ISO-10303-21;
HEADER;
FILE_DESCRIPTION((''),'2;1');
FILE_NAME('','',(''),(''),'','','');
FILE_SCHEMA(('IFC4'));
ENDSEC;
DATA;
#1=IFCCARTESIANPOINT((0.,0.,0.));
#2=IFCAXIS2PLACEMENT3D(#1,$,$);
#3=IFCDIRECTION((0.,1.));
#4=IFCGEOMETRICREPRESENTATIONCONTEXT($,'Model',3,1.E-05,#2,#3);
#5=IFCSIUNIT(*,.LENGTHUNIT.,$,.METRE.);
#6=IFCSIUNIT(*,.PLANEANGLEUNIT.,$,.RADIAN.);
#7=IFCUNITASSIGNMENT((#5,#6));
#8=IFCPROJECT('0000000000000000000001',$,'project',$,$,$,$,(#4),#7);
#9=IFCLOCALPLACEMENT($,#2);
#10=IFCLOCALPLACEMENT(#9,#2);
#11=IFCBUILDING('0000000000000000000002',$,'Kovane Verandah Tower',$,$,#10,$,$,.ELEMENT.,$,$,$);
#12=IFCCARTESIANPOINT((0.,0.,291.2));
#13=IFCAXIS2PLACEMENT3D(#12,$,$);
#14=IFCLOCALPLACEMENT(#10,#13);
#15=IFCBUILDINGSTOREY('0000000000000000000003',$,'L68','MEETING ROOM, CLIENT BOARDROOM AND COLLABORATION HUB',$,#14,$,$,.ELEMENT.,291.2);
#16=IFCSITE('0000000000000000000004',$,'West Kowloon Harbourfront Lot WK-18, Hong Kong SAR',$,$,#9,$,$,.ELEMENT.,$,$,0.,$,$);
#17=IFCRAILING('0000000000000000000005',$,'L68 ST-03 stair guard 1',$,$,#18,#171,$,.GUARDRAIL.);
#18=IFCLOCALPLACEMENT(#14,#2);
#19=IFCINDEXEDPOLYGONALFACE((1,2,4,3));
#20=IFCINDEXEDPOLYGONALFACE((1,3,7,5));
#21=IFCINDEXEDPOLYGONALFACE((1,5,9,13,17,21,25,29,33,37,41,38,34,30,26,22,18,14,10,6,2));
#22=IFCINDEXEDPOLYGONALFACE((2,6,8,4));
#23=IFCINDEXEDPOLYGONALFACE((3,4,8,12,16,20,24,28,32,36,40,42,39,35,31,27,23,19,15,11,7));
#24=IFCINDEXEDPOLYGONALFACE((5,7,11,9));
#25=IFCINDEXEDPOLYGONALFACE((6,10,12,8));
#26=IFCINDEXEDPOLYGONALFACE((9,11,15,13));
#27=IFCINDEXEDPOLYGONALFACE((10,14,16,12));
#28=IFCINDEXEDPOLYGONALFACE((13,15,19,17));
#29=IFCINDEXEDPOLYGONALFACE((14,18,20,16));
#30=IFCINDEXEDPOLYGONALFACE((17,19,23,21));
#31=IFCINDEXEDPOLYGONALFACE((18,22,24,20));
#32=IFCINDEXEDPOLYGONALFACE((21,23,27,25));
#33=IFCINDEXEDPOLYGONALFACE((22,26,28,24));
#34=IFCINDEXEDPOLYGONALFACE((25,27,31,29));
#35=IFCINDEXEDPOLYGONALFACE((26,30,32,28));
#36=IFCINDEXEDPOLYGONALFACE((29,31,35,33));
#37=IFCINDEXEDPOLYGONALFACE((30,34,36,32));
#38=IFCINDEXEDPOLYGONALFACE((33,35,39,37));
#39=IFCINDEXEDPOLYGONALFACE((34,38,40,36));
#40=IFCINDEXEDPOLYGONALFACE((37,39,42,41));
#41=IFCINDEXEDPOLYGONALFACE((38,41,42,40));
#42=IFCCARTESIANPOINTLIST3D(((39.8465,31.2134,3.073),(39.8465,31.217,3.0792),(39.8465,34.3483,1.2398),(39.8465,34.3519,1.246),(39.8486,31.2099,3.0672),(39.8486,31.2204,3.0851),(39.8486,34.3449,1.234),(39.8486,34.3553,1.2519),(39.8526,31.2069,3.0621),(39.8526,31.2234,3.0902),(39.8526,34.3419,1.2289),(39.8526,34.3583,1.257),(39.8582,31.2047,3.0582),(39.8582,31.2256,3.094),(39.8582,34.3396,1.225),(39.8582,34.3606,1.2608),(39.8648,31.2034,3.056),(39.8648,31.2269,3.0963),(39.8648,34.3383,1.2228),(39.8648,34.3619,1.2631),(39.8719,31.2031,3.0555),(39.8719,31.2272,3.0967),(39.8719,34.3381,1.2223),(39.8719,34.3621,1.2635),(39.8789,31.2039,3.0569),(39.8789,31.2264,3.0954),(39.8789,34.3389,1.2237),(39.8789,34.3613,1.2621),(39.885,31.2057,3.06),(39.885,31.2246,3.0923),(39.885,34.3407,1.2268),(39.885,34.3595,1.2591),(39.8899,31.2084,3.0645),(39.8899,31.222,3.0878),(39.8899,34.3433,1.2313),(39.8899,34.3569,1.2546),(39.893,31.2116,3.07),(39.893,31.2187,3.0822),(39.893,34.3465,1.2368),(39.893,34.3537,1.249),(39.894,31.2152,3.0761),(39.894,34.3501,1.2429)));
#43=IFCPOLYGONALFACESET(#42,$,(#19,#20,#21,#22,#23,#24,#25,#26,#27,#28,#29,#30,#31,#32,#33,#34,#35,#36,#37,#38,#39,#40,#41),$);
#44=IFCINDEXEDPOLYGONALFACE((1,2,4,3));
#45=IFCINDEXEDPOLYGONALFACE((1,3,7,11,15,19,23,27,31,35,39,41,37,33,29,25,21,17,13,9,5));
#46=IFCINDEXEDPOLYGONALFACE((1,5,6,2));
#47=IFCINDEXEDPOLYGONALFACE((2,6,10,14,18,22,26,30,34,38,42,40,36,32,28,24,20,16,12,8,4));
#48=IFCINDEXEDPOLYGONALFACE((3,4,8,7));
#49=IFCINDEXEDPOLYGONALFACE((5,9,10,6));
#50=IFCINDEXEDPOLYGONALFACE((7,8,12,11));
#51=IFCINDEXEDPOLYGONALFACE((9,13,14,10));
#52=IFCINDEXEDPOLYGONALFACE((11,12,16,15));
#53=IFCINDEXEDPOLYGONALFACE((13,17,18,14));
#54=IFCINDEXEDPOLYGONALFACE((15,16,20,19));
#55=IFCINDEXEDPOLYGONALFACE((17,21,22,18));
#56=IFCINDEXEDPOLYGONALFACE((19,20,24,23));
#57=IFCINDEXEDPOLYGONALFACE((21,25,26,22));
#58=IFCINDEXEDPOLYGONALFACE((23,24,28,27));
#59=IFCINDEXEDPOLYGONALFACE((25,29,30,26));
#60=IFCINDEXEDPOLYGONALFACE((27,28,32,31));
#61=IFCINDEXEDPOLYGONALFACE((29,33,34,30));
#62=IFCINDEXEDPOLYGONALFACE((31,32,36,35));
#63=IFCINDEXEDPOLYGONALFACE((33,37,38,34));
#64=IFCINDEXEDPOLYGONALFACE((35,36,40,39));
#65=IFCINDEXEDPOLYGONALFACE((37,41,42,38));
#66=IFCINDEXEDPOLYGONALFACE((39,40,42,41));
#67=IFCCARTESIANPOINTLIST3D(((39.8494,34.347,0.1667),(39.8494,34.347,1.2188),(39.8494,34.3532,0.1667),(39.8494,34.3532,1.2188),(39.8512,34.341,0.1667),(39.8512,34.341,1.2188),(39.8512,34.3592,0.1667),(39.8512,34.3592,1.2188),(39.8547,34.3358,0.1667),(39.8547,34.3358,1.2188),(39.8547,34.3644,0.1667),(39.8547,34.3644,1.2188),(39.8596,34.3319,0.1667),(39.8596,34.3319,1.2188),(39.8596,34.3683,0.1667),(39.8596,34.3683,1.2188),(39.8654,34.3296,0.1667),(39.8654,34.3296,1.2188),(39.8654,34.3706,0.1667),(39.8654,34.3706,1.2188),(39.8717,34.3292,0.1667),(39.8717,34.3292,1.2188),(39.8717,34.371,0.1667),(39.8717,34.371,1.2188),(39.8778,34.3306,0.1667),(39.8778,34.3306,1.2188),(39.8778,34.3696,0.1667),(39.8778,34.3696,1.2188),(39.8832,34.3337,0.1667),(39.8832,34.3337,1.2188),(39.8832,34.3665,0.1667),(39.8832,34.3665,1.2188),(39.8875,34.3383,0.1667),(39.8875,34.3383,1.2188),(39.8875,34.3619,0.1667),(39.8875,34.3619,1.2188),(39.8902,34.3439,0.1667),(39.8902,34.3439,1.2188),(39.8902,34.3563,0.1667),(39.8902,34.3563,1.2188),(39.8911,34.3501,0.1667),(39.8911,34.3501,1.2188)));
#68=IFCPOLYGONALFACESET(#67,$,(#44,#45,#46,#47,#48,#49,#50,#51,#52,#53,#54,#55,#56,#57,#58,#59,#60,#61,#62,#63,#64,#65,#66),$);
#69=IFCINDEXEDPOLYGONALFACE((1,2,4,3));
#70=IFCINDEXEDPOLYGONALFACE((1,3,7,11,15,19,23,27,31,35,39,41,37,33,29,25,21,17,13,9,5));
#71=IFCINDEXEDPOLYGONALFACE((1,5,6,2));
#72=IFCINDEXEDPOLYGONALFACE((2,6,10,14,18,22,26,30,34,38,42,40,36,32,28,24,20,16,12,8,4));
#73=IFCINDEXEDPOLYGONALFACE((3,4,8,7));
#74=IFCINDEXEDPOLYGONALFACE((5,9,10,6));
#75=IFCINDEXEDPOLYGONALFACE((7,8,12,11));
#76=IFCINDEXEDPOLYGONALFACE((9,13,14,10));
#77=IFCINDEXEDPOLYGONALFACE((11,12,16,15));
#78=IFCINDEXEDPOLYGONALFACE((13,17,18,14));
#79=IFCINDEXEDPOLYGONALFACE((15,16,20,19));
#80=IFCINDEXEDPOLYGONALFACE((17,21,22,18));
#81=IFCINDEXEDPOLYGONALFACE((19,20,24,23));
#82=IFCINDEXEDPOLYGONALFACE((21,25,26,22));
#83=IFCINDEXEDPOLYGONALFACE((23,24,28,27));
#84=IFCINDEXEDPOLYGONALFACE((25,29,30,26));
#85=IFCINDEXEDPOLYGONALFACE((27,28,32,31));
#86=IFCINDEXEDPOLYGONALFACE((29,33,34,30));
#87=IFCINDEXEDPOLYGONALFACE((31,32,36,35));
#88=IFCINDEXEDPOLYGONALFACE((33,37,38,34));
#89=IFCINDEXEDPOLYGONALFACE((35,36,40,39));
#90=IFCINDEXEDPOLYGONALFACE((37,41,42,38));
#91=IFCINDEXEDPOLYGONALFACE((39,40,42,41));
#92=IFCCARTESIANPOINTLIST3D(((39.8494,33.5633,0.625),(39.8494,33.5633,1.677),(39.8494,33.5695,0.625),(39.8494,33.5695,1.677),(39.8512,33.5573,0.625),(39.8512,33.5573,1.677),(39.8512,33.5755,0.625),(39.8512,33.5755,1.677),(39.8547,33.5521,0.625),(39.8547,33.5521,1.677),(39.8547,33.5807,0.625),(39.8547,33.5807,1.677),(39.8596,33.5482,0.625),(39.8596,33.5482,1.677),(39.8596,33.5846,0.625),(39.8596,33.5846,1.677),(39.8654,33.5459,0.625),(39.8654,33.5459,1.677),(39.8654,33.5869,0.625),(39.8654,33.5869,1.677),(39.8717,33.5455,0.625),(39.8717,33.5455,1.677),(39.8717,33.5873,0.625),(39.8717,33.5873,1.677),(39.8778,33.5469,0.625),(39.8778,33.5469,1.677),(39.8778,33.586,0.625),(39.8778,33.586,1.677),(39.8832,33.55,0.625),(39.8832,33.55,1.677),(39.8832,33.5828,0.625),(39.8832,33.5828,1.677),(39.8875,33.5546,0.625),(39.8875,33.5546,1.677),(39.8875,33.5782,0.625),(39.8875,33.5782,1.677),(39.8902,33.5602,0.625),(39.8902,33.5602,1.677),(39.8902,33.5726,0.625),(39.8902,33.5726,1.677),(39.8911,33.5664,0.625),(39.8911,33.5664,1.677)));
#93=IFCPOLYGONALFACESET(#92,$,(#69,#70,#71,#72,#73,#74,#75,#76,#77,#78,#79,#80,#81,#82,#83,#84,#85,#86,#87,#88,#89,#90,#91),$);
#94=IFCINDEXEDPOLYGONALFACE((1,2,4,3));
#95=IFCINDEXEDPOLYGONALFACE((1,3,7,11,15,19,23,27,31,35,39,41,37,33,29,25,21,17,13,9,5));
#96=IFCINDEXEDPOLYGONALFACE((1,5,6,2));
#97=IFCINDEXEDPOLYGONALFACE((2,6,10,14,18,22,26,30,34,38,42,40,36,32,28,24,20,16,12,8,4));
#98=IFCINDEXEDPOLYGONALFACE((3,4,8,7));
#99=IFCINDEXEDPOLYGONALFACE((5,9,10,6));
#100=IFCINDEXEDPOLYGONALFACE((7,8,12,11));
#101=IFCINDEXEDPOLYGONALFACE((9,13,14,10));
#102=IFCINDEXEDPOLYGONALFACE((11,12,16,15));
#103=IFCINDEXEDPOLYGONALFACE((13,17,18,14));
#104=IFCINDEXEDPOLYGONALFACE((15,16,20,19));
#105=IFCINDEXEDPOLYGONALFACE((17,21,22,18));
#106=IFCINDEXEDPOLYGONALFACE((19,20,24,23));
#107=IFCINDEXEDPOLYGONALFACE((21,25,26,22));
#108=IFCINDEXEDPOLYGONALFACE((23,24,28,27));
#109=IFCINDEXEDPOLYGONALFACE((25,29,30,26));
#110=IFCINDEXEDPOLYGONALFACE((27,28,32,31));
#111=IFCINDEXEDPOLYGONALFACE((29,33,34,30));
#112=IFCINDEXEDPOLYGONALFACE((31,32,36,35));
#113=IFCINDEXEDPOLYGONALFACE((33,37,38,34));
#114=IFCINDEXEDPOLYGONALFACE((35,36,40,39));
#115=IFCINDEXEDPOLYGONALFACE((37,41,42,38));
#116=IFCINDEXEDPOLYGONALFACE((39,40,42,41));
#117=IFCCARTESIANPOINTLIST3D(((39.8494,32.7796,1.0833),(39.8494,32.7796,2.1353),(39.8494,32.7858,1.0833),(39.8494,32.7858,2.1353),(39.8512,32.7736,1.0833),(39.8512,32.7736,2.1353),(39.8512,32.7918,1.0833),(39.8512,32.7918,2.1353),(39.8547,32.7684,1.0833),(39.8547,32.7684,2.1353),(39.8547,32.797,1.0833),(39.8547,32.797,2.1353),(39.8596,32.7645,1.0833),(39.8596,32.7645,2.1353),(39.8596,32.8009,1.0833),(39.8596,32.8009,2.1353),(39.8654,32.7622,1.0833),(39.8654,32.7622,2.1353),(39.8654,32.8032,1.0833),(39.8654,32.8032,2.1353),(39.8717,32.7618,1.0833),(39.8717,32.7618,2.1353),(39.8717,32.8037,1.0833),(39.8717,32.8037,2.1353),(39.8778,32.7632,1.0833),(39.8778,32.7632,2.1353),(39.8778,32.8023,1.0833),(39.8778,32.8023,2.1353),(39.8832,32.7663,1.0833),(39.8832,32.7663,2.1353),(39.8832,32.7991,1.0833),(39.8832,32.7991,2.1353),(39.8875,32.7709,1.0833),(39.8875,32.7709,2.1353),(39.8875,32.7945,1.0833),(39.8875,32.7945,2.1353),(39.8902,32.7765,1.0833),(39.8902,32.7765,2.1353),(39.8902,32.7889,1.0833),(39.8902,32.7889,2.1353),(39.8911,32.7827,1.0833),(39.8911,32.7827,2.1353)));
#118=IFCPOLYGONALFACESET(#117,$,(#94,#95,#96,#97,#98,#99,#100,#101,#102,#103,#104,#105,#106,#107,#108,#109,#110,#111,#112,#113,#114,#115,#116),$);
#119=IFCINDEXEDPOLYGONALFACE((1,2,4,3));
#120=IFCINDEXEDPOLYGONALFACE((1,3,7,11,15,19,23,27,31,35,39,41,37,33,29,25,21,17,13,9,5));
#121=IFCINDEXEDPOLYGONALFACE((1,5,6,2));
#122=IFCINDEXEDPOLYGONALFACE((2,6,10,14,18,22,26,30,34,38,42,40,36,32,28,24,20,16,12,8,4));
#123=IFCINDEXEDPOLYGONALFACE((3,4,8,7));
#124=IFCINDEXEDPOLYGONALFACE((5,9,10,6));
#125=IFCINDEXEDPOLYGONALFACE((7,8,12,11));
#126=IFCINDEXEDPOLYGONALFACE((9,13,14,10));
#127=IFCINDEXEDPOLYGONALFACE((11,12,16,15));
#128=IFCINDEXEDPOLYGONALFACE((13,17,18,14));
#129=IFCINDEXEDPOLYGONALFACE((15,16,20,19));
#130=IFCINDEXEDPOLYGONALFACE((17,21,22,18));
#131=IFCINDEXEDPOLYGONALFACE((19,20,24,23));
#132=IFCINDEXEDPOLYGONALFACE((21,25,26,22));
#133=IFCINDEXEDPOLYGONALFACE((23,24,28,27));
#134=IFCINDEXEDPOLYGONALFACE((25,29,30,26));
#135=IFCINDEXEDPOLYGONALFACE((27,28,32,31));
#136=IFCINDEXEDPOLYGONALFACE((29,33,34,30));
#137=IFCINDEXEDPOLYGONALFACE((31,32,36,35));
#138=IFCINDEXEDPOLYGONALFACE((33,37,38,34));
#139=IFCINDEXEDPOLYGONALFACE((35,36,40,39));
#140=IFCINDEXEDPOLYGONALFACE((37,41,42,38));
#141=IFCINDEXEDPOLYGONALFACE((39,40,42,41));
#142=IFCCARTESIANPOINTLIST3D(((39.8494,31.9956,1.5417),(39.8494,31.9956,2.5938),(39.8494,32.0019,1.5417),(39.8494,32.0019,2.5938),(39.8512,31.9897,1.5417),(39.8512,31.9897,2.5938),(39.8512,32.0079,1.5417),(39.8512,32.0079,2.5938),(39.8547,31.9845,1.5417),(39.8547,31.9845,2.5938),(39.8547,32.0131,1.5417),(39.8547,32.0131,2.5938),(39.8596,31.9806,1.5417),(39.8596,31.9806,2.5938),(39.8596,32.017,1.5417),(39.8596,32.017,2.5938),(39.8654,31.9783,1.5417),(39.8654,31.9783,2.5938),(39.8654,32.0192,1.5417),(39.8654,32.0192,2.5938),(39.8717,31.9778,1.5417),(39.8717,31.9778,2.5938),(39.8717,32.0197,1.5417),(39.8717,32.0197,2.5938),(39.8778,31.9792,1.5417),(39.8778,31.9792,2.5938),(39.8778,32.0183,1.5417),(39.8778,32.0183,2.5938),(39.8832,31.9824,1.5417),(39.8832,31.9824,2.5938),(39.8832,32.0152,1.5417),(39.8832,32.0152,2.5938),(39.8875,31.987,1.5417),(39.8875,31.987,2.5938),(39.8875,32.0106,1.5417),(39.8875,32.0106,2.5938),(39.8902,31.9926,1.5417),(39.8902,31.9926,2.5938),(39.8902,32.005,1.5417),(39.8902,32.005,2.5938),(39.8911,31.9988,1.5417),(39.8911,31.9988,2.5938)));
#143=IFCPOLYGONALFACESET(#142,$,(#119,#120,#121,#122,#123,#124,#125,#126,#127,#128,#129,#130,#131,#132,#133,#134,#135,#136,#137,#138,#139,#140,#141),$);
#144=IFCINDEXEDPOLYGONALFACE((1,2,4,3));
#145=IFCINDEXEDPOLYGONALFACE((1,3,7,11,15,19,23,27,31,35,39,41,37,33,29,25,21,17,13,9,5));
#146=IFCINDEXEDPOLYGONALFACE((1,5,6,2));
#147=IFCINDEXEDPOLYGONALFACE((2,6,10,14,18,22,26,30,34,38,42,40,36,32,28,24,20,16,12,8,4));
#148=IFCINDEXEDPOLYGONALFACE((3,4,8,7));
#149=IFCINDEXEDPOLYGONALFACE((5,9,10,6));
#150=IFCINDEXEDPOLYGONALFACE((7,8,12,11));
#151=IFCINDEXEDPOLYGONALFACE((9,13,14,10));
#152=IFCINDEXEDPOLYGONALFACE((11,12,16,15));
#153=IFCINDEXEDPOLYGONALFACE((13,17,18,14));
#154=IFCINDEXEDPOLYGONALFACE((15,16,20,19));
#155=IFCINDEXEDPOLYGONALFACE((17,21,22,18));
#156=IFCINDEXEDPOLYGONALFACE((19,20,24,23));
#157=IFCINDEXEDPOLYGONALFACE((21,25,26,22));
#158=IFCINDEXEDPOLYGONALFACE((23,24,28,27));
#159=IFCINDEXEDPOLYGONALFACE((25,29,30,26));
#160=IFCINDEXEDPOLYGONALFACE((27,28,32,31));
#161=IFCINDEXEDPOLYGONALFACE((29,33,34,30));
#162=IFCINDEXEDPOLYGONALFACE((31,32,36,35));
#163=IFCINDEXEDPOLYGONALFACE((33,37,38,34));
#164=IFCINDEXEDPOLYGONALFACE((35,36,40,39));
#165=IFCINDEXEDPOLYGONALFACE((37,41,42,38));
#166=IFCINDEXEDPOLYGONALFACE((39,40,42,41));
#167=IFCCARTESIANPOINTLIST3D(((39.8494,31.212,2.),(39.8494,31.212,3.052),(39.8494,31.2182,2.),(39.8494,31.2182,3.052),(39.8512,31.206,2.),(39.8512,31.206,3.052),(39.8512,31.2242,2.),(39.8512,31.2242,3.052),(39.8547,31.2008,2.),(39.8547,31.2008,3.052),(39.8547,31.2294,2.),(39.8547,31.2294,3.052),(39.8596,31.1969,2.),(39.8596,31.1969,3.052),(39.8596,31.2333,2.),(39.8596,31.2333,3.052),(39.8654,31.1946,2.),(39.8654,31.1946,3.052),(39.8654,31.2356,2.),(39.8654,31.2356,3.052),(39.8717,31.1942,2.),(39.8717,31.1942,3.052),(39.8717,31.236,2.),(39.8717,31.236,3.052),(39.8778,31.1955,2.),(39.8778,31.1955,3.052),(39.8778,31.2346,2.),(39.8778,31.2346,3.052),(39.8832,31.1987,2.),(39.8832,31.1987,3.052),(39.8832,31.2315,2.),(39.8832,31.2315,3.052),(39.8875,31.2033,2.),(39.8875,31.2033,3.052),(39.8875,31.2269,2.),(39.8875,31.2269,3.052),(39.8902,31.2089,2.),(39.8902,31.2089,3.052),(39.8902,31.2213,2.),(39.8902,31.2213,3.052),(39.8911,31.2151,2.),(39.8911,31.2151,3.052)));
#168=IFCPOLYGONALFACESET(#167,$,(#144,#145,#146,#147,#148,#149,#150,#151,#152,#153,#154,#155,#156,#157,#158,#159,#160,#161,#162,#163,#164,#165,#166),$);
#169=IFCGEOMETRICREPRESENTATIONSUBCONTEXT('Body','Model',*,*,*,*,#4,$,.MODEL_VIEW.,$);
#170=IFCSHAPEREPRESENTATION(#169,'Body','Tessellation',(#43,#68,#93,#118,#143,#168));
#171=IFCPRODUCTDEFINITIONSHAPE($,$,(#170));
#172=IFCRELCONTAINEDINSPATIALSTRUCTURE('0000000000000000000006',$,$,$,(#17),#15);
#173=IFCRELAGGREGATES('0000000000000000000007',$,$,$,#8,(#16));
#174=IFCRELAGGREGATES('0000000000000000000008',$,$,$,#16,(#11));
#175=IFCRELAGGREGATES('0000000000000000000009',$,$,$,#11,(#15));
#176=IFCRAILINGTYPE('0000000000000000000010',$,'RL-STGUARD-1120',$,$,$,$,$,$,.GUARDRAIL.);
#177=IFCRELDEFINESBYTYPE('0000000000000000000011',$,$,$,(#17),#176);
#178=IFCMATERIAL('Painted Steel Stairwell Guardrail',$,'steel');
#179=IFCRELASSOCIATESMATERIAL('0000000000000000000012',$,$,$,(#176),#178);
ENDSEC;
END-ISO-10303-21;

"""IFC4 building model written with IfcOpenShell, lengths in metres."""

from ifc_helpers import new_model, si_unit, direction, frame, origin, origin_2d, place, context, subcontext, project, spatial, circle, extrude, material, type_object, element, save


model = new_model("IFC4")

# Units and contexts
model_context = context("Model", 3, precision=1e-05, world=origin(), true_north=direction((0.0, 1.0)))
body_context = subcontext(model_context, "Body", "Model", "MODEL_VIEW")
ifc_project = project(units=[si_unit("LENGTHUNIT", "METRE"), si_unit("PLANEANGLEUNIT", "RADIAN")], contexts=[model_context])

# Site, building, storey
site_placement = place(None, origin())
site = spatial("IfcSite", under=ifc_project, at=site_placement, Name="West Kowloon Harbourfront Lot WK-18, Hong Kong SAR", CompositionType="ELEMENT", RefElevation=0.0)
building_placement = place(site_placement, origin())
building = spatial("IfcBuilding", under=site, at=building_placement, Name="Kovane Verandah Tower", CompositionType="ELEMENT")
storey_placement = place(building_placement, frame((0.0, 0.0, 291.2)))
storey = spatial("IfcBuildingStorey", under=building, at=storey_placement, Name="L68", Description="MEETING ROOM, CLIENT BOARDROOM AND COLLABORATION HUB", CompositionType="ELEMENT", Elevation=291.2)

# Railing
ifc_material_1 = material(Name="Painted Steel Stairwell Guardrail", Category="steel")
railing_type_1 = type_object("IfcRailingType", Name="RL-STGUARD-1120", PredefinedType="GUARDRAIL", material=ifc_material_1)
railing_1_placement = place(storey_placement, frame((39.8701, 34.3501, 0.1667)))
element("IfcRailing", 1, at=railing_1_placement, inside=storey, type_object=railing_type_1, Name="L68 ST-03 stair guard 1", PredefinedType="GUARDRAIL", context=body_context, shape_type="SweptSolid", body=[
    extrude(circle(Radius=0.0239, at=origin_2d()), frame((0.0, 0.0, 1.0762), z_axis=(0.0, -0.86324, 0.504794), x_axis=(1.0, 0.0, 0.0)), (0.0, 0.0, 1.0), 3.6316),
    extrude(circle(Radius=0.021, at=origin_2d()), origin(), (0.0, 0.0, 1.0), 1.052),
    extrude(circle(Radius=0.021, at=origin_2d()), frame((0.0, -0.7837, 0.4583)), (0.0, 0.0, 1.0), 1.052),
    extrude(circle(Radius=0.021, at=origin_2d()), frame((0.0, -1.5674, 0.9165)), (0.0, 0.0, 1.0), 1.052),
    extrude(circle(Radius=0.021, at=origin_2d()), frame((0.0, -2.3513, 1.375)), (0.0, 0.0, 1.0), 1.052),
    extrude(circle(Radius=0.021, at=origin_2d()), frame((0.0, -3.135, 1.8333)), (0.0, 0.0, 1.0), 1.052),
])

save(model, "model.ifc")
